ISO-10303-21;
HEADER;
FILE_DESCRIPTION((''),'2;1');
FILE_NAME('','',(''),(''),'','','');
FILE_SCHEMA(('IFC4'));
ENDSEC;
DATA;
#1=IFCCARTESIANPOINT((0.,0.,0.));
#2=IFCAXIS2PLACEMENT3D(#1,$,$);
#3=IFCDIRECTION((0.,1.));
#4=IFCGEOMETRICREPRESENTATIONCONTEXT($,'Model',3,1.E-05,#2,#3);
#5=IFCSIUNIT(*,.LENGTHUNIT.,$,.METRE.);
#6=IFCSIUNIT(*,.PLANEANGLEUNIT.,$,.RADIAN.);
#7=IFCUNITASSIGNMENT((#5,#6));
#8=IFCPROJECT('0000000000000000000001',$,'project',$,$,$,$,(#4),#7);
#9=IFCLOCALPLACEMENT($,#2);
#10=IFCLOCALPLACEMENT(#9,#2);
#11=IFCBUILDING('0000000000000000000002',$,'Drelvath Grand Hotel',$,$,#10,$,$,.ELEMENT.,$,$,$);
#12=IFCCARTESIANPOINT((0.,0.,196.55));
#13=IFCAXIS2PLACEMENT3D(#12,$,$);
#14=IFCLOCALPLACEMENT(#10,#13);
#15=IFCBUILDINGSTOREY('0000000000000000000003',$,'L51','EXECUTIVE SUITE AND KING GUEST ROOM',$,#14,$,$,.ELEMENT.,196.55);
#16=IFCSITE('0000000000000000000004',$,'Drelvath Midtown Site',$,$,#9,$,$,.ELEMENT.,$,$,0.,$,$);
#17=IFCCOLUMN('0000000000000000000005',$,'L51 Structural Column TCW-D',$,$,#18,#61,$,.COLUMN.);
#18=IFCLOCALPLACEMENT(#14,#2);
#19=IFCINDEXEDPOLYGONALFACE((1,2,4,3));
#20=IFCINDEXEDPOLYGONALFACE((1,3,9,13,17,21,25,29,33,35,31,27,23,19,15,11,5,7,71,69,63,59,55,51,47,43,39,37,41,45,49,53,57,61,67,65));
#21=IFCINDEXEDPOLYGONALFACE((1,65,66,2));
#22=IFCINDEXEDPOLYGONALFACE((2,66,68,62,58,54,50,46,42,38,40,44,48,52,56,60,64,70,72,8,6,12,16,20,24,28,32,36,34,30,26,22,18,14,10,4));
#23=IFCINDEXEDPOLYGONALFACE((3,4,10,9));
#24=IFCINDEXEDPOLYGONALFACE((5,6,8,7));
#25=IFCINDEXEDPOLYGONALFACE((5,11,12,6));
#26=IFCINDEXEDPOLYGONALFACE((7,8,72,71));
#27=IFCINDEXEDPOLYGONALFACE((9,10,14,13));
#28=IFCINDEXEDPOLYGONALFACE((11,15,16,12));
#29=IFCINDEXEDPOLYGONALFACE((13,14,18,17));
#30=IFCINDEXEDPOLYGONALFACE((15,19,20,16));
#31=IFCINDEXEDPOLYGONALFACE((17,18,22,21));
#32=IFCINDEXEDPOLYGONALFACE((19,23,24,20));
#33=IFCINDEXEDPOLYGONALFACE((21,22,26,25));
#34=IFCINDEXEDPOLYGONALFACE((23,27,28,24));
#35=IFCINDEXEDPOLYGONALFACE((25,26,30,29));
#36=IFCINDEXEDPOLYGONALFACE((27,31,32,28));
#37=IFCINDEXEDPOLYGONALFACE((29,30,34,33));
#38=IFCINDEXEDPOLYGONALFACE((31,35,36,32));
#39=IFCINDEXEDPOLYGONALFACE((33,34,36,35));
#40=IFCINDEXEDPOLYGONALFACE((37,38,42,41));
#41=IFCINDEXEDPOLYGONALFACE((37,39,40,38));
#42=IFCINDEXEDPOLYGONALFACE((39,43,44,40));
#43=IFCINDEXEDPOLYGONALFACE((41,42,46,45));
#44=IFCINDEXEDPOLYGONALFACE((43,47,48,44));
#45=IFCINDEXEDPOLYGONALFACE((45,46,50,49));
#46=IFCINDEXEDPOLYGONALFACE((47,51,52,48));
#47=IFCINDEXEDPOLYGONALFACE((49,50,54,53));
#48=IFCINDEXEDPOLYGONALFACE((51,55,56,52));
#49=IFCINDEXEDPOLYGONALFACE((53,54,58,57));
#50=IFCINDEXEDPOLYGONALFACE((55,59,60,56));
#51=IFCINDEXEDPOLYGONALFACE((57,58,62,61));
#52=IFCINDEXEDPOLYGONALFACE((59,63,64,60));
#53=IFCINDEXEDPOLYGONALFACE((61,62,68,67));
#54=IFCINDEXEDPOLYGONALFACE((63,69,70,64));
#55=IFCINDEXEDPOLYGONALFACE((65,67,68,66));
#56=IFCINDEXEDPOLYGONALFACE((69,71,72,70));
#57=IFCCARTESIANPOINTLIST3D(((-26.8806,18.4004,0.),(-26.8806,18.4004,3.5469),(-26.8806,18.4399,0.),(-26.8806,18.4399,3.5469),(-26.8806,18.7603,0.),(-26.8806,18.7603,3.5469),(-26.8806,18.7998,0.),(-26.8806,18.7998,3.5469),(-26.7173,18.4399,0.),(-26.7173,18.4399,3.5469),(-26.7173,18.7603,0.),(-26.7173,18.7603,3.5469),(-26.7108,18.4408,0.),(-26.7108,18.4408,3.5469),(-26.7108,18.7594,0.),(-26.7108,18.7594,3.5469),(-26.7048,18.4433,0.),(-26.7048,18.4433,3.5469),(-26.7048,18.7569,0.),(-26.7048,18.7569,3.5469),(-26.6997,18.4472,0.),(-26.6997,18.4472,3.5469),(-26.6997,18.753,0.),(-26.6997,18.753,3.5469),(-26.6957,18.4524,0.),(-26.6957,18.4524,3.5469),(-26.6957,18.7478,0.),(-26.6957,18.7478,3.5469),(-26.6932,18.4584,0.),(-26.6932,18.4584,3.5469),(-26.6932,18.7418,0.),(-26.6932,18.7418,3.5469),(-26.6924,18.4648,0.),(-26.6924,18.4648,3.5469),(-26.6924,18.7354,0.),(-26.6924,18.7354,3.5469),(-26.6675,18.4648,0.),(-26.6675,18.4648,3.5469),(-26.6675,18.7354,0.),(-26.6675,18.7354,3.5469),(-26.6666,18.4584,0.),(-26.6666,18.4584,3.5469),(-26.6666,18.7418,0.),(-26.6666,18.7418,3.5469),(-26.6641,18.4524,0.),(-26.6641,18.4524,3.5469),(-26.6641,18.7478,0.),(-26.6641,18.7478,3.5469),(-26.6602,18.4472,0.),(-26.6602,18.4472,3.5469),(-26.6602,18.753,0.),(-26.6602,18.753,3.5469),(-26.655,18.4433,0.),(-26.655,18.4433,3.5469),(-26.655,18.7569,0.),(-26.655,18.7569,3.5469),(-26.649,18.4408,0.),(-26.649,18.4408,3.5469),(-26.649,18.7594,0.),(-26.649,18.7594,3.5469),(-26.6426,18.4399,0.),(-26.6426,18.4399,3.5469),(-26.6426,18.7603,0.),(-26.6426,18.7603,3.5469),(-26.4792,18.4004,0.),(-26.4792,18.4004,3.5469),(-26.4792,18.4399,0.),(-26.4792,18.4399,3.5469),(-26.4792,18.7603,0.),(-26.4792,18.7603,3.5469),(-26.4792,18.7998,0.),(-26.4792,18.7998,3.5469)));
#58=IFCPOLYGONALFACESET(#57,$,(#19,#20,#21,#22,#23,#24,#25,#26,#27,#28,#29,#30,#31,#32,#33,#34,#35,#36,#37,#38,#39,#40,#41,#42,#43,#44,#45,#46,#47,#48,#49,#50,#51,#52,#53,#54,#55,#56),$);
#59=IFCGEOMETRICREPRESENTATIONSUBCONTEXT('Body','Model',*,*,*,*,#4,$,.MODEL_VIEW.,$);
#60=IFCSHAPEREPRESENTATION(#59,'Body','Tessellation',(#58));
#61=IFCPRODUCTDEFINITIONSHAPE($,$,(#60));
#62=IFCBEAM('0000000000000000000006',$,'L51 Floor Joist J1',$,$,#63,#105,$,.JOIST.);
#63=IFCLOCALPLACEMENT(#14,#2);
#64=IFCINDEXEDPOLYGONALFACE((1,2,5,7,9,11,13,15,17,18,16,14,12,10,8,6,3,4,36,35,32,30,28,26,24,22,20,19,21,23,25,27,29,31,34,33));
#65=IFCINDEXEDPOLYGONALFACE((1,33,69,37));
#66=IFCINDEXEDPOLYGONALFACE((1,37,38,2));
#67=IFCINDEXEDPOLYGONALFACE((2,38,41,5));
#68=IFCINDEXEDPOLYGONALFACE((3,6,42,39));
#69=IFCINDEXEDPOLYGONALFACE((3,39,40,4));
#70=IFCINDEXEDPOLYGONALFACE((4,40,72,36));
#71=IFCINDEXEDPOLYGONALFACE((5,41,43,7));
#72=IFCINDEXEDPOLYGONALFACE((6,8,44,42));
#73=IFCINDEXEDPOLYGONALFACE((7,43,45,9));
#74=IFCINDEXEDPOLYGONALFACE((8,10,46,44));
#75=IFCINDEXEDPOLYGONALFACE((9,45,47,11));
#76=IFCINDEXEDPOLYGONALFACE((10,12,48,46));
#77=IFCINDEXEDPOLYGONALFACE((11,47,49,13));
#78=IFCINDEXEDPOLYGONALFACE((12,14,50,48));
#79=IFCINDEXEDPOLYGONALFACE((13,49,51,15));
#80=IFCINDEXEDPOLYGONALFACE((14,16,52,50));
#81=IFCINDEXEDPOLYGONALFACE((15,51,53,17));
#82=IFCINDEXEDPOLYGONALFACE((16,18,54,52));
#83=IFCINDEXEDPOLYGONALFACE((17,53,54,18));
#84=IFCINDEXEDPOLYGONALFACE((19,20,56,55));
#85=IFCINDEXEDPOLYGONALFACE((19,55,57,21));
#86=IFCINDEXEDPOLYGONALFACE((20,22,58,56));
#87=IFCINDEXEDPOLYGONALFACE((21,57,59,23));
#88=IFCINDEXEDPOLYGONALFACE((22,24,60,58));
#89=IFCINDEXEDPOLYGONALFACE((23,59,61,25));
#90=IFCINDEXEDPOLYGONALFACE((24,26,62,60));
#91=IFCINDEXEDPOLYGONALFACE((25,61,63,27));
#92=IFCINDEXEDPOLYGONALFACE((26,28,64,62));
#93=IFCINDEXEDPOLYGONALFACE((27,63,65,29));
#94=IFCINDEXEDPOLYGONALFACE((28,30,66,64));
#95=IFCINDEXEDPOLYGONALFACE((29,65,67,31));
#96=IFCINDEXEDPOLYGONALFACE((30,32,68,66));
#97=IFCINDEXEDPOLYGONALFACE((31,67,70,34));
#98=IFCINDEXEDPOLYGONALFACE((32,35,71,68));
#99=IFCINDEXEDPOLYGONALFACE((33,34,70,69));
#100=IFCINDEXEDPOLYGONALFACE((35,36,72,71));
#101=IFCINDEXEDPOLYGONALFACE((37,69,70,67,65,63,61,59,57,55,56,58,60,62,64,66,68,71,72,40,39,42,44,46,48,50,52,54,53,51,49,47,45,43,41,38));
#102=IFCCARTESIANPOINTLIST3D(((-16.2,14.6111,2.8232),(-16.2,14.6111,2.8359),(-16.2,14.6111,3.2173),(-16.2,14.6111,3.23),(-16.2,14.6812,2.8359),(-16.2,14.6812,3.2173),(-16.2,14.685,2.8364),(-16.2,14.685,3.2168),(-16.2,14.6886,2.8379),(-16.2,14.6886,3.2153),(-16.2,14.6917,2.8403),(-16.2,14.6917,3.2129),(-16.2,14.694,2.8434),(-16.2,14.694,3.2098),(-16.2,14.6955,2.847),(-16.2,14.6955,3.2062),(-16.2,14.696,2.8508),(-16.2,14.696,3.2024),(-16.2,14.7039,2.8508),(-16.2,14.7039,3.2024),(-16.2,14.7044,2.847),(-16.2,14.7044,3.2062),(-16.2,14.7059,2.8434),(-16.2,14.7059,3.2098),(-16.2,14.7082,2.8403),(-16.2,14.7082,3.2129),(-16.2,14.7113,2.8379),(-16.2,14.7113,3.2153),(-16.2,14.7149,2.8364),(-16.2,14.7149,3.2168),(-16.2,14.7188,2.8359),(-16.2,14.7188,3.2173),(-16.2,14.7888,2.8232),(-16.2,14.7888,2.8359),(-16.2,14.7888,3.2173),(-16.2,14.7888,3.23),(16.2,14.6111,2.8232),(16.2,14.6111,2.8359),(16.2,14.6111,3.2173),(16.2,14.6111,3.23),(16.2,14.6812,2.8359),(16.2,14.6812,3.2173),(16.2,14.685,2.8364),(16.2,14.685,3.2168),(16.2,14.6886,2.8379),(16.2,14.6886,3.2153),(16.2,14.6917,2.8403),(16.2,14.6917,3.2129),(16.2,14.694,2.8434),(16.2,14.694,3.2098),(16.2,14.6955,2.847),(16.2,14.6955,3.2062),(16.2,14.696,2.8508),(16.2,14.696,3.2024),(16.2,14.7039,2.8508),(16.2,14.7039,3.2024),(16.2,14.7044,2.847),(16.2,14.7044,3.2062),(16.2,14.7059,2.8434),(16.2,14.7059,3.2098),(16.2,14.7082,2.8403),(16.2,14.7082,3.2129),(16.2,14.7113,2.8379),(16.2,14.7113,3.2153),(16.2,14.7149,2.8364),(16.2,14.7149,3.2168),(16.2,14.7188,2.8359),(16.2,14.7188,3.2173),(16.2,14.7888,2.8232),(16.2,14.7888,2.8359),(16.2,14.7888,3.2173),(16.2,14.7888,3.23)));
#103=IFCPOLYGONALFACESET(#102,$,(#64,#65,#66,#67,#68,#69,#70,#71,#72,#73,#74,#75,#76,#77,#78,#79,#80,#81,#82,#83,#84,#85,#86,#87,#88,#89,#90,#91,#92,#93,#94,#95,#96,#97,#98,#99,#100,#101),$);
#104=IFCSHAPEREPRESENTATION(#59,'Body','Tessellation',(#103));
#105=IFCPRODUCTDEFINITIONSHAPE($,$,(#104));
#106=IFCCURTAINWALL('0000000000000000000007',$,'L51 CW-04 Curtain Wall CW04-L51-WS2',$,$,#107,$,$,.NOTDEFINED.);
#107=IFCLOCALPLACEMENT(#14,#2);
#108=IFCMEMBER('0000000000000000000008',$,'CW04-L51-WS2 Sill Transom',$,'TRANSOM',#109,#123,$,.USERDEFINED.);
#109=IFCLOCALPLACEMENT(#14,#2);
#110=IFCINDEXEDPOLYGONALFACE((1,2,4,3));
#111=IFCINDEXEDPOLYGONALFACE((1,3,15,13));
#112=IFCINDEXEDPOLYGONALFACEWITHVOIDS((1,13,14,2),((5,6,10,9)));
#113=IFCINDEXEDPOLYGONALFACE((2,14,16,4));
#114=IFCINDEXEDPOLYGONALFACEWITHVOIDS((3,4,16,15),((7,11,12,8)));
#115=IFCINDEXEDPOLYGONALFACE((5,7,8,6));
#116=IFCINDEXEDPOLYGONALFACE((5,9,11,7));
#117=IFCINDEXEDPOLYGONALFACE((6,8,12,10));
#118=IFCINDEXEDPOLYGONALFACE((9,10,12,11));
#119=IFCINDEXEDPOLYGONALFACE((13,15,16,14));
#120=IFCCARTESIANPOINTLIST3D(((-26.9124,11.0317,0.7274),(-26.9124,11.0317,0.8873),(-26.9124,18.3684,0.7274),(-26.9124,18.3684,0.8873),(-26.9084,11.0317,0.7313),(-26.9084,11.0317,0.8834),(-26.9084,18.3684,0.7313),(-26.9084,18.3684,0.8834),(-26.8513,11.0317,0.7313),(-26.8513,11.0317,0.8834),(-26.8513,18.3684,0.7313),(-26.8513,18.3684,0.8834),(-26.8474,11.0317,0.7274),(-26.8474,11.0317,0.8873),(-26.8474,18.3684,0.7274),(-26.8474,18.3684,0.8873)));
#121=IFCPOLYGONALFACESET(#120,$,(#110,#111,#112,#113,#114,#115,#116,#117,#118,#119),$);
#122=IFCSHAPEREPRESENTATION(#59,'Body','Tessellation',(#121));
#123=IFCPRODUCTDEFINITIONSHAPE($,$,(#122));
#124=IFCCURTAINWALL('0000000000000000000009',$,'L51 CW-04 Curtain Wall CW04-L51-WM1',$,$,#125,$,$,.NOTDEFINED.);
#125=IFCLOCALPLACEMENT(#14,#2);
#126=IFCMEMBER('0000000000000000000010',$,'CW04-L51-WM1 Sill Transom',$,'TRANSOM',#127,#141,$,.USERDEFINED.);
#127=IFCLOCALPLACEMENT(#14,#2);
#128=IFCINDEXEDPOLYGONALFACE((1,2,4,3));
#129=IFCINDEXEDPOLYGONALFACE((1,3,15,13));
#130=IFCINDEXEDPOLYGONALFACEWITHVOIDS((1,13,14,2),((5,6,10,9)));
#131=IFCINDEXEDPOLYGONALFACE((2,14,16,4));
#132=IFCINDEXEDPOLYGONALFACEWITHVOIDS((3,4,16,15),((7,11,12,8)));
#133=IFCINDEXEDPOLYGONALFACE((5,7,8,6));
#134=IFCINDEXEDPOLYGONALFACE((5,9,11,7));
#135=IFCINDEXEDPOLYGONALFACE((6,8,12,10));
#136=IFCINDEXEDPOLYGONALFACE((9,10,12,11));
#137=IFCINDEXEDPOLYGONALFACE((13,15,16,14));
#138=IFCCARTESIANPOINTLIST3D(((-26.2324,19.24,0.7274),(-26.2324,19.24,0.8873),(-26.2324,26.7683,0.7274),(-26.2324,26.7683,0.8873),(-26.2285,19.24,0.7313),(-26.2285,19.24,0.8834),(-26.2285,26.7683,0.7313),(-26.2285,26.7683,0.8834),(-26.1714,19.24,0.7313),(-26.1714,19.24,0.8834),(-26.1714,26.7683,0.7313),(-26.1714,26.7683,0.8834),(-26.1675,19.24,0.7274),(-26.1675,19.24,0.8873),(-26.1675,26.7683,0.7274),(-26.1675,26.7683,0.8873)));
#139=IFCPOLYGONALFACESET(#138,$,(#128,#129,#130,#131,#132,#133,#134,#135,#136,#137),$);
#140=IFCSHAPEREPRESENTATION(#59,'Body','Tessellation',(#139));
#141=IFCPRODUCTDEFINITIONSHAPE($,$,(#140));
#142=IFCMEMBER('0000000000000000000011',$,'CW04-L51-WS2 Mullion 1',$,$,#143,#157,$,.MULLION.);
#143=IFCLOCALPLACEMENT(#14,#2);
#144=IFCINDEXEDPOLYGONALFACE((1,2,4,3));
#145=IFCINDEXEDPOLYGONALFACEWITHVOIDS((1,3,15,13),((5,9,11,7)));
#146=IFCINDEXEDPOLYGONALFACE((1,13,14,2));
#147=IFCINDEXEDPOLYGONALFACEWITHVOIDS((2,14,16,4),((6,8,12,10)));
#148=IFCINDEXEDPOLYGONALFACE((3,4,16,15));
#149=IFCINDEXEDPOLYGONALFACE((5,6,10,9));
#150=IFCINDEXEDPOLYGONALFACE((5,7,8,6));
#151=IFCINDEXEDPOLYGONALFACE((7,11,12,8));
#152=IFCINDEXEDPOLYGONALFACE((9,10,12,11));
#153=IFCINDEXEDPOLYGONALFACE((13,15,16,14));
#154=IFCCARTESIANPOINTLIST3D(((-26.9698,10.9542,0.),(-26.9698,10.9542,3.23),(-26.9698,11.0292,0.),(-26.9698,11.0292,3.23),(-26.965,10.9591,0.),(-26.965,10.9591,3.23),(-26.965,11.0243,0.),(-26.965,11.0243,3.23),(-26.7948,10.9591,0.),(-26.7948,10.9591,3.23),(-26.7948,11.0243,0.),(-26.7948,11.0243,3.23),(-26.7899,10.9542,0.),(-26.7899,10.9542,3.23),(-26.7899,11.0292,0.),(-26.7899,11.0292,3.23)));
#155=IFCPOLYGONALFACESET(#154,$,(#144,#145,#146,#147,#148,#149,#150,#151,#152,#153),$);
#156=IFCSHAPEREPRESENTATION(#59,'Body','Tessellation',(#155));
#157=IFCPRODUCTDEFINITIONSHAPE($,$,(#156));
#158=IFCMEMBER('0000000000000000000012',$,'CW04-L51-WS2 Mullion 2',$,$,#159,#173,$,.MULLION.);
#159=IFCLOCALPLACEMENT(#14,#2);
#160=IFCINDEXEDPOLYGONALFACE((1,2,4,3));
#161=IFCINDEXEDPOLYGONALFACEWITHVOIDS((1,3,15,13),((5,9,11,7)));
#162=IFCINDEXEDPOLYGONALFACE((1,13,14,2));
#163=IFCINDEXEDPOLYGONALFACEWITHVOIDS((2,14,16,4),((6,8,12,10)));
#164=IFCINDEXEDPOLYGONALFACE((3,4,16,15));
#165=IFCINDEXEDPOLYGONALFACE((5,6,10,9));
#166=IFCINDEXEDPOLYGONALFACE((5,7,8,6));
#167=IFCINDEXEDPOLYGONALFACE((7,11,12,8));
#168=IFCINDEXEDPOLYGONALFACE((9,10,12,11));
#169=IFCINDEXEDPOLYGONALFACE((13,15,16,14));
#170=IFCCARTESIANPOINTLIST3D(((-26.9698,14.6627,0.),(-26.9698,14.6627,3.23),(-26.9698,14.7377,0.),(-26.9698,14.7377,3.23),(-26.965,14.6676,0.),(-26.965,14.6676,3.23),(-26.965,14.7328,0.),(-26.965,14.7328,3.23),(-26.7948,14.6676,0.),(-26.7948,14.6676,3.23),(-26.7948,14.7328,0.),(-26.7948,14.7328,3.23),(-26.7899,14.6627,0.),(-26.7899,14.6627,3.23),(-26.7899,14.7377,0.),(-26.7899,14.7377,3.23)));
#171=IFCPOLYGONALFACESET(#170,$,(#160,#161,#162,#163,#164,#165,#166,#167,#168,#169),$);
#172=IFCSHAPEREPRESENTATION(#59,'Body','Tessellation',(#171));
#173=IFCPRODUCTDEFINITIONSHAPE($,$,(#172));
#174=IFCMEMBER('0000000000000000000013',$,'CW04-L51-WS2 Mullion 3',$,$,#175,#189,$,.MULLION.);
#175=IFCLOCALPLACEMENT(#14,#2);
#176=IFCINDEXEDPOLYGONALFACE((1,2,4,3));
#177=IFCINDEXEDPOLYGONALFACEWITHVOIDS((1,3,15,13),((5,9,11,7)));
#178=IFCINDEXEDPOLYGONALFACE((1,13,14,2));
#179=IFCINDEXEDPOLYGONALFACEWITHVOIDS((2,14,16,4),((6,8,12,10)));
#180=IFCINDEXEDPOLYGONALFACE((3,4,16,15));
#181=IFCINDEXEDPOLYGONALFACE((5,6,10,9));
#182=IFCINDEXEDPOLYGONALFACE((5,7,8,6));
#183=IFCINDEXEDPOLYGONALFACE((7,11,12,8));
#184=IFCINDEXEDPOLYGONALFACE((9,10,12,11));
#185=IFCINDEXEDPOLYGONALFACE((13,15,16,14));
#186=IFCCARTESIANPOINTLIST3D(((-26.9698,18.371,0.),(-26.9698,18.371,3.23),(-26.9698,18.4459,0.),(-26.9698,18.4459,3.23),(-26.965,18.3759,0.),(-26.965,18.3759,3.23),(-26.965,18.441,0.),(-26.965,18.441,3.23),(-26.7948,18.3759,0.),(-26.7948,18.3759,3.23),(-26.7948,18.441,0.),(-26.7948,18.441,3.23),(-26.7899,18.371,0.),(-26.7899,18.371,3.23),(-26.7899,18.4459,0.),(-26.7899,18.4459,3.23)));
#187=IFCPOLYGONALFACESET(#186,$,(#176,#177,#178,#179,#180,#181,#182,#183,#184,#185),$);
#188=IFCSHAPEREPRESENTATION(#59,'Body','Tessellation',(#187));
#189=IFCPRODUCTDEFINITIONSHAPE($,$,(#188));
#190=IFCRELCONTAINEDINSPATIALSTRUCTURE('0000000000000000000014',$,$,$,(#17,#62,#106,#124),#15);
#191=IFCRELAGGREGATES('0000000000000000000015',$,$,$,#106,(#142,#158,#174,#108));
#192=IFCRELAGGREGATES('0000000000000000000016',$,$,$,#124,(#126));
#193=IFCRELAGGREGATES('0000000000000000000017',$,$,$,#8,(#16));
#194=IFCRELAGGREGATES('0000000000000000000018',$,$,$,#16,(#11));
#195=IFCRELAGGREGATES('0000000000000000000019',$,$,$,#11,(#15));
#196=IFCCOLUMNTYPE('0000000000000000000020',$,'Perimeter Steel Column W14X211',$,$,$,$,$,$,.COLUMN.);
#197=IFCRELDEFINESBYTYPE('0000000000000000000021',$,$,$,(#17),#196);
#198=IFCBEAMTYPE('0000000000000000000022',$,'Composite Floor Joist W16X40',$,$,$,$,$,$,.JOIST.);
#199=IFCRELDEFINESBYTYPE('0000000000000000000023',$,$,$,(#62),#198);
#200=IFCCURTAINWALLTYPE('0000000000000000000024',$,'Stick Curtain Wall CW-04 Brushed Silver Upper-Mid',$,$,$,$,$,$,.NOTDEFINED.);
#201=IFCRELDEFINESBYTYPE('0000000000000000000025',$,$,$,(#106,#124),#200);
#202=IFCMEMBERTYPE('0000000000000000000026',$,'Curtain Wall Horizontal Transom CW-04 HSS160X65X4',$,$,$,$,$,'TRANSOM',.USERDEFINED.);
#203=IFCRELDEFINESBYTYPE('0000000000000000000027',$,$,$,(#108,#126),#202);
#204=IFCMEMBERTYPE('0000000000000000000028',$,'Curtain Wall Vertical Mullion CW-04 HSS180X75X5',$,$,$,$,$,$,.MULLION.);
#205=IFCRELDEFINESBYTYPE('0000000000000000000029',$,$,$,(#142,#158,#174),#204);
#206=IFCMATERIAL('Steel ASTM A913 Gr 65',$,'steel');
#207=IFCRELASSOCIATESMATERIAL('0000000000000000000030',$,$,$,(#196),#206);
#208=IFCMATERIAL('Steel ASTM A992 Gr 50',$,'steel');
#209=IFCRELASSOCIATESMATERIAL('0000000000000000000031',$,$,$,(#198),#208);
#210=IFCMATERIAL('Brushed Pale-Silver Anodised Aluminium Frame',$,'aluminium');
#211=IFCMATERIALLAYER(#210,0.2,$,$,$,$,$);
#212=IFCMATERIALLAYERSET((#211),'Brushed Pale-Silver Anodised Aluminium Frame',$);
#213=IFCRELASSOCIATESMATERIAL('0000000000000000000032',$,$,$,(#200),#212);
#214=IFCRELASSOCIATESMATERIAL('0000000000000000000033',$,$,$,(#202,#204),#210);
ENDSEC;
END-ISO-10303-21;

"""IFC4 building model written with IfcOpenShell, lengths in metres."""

from ifc_helpers import new_model, si_unit, direction, frame, origin, origin_2d, place, context, subcontext, project, spatial, hollow_rectangle, i_section, extrude, material, layer, layer_set, material_profile, profile_set, type_object, element, aggregate, save


model = new_model("IFC4")

# Units and contexts
model_context = context("Model", 3, precision=1e-05, world=origin(), true_north=direction((0.0, 1.0)))
body_context = subcontext(model_context, "Body", "Model", "MODEL_VIEW")
ifc_project = project(units=[si_unit("LENGTHUNIT", "METRE"), si_unit("PLANEANGLEUNIT", "RADIAN")], contexts=[model_context])

# Site, building, storey
site_placement = place(None, origin())
site = spatial("IfcSite", under=ifc_project, at=site_placement, Name="Drelvath Midtown Site", CompositionType="ELEMENT", RefElevation=0.0)
building_placement = place(site_placement, origin())
building = spatial("IfcBuilding", under=site, at=building_placement, Name="Drelvath Grand Hotel", CompositionType="ELEMENT")
storey_placement = place(building_placement, frame((0.0, 0.0, 196.55)))
storey = spatial("IfcBuildingStorey", under=building, at=storey_placement, Name="L51", Description="EXECUTIVE SUITE AND KING GUEST ROOM", CompositionType="ELEMENT", Elevation=196.55)

# Column
ifc_material_1 = material(Name="Steel ASTM A913 Gr 65", Category="steel")
ifc_material_profile_1 = material_profile(ifc_material_1, i_section(OverallWidth=0.4014, OverallDepth=0.3994, WebThickness=0.0249, FlangeThickness=0.0396, FilletRadius=0.0249, at=origin_2d()), Name="W14X211")
ifc_profile_set_1 = profile_set([ifc_material_profile_1], Name="Steel ASTM A913 Gr 65")
column_type = type_object("IfcColumnType", Name="Perimeter Steel Column W14X211", PredefinedType="COLUMN", material=ifc_profile_set_1)
column_placement = place(storey_placement, frame((-26.6799, 18.6001, 0.0), z_axis=(0.0, 0.0, 1.0), x_axis=(1.0, 0.0, 0.0)))
element("IfcColumn", 1, at=column_placement, inside=storey, type_object=column_type, Name="L51 Structural Column TCW-D", PredefinedType="COLUMN", context=body_context, shape_type="SweptSolid", body=[
    extrude(i_section(OverallWidth=0.4014, OverallDepth=0.3994, WebThickness=0.0249, FlangeThickness=0.0396, FilletRadius=0.0249, at=origin_2d()), origin(), (0.0, 0.0, 1.0), 3.5469),
])

# Beam
ifc_material_2 = material(Name="Steel ASTM A992 Gr 50", Category="steel")
ifc_material_profile_2 = material_profile(ifc_material_2, i_section(OverallWidth=0.1777, OverallDepth=0.4067, WebThickness=0.0078, FlangeThickness=0.0127, FilletRadius=0.0149, at=origin_2d()), Name="W16X40")
ifc_profile_set_2 = profile_set([ifc_material_profile_2], Name="Steel ASTM A992 Gr 50")
beam_type_1 = type_object("IfcBeamType", Name="Composite Floor Joist W16X40", PredefinedType="JOIST", material=ifc_profile_set_2)
beam_1_placement = place(storey_placement, frame((-16.2, 14.7, 3.0266), z_axis=(1.0, 0.0, 0.0), x_axis=(0.0, 1.0, 0.0)))
element("IfcBeam", 2, at=beam_1_placement, inside=storey, type_object=beam_type_1, Name="L51 Floor Joist J1", PredefinedType="JOIST", context=body_context, shape_type="SweptSolid", body=[
    extrude(i_section(OverallWidth=0.1777, OverallDepth=0.4067, WebThickness=0.0078, FlangeThickness=0.0127, FilletRadius=0.0149, at=origin_2d()), origin(), (0.0, 0.0, 1.0), 32.3999),
])

# Curtain walls, members
ifc_material_3 = material(Name="Brushed Pale-Silver Anodised Aluminium Frame", Category="aluminium")
ifc_layer_1 = layer(ifc_material_3, 0.2)
ifc_layer_set_1 = layer_set([ifc_layer_1], Name="Brushed Pale-Silver Anodised Aluminium Frame")
curtain_wall_type = type_object("IfcCurtainWallType", Name="Stick Curtain Wall CW-04 Brushed Silver Upper-Mid", PredefinedType="NOTDEFINED", material=ifc_layer_set_1)
curtain_wall_1_placement = place(storey_placement, origin())
curtain_wall_1 = element("IfcCurtainWall", 3, at=curtain_wall_1_placement, inside=storey, type_object=curtain_wall_type, Name="L51 CW-04 Curtain Wall CW04-L51-WS2", PredefinedType="NOTDEFINED")
ifc_material_profile_3 = material_profile(ifc_material_3, hollow_rectangle(XDim=0.0649, YDim=0.1599, WallThickness=0.0039, at=origin_2d()), Name="HSS160X65X4")
ifc_profile_set_3 = profile_set([ifc_material_profile_3], Name="Brushed Pale-Silver Anodised Aluminium Frame")
member_type_1 = type_object("IfcMemberType", Name="Curtain Wall Horizontal Transom CW-04 HSS160X65X4", ElementType="TRANSOM", PredefinedType="USERDEFINED", material=ifc_profile_set_3)
member_1_placement = place(storey_placement, frame((-26.8799, 11.0317, 0.8074), z_axis=(0.0, 1.0, 0.0), x_axis=(-1.0, 0.0, 0.0)))
member_1 = element("IfcMember", 4, at=member_1_placement, type_object=member_type_1, Name="CW04-L51-WS2 Sill Transom", ObjectType="TRANSOM", PredefinedType="USERDEFINED", context=body_context, shape_type="SweptSolid", body=[
    extrude(hollow_rectangle(XDim=0.0649, YDim=0.1599, WallThickness=0.0039, at=origin_2d()), origin(), (0.0, 0.0, 1.0), 7.3367),
])
curtain_wall_2_placement = place(storey_placement, origin())
curtain_wall_2 = element("IfcCurtainWall", 5, at=curtain_wall_2_placement, inside=storey, type_object=curtain_wall_type, Name="L51 CW-04 Curtain Wall CW04-L51-WM1", PredefinedType="NOTDEFINED")
member_2_placement = place(storey_placement, frame((-26.2, 19.24, 0.8074), z_axis=(0.0, 1.0, 0.0), x_axis=(-1.0, 0.0, 0.0)))
member_2 = element("IfcMember", 6, at=member_2_placement, type_object=member_type_1, Name="CW04-L51-WM1 Sill Transom", ObjectType="TRANSOM", PredefinedType="USERDEFINED", context=body_context, shape_type="SweptSolid", body=[
    extrude(hollow_rectangle(XDim=0.0649, YDim=0.1599, WallThickness=0.0039, at=origin_2d()), origin(), (0.0, 0.0, 1.0), 7.5283),
])

# Members
ifc_material_profile_4 = material_profile(ifc_material_3, hollow_rectangle(XDim=0.075, YDim=0.1799, WallThickness=0.0049, at=origin_2d()), Name="HSS180X75X5")
ifc_profile_set_4 = profile_set([ifc_material_profile_4], Name="Brushed Pale-Silver Anodised Aluminium Frame")
member_type_2 = type_object("IfcMemberType", Name="Curtain Wall Vertical Mullion CW-04 HSS180X75X5", PredefinedType="MULLION", material=ifc_profile_set_4)
member_3_placement = place(storey_placement, frame((-26.8799, 10.9917, 0.0), z_axis=(0.0, 0.0, 1.0), x_axis=(0.0, 1.0, 0.0)))
member_3 = element("IfcMember", 7, at=member_3_placement, type_object=member_type_2, Name="CW04-L51-WS2 Mullion 1", PredefinedType="MULLION", context=body_context, shape_type="SweptSolid", body=[
    extrude(hollow_rectangle(XDim=0.075, YDim=0.1799, WallThickness=0.0049, at=origin_2d()), origin(), (0.0, 0.0, 1.0), 3.23),
])
member_4_placement = place(storey_placement, frame((-26.8799, 14.7002, 0.0), z_axis=(0.0, 0.0, 1.0), x_axis=(0.0, 1.0, 0.0)))
member_4 = element("IfcMember", 8, at=member_4_placement, type_object=member_type_2, Name="CW04-L51-WS2 Mullion 2", PredefinedType="MULLION", context=body_context, shape_type="SweptSolid", body=[
    extrude(hollow_rectangle(XDim=0.075, YDim=0.1799, WallThickness=0.0049, at=origin_2d()), origin(), (0.0, 0.0, 1.0), 3.23),
])
member_5_placement = place(storey_placement, frame((-26.8799, 18.4084, 0.0), z_axis=(0.0, 0.0, 1.0), x_axis=(0.0, 1.0, 0.0)))
member_5 = element("IfcMember", 9, at=member_5_placement, type_object=member_type_2, Name="CW04-L51-WS2 Mullion 3", PredefinedType="MULLION", context=body_context, shape_type="SweptSolid", body=[
    extrude(hollow_rectangle(XDim=0.075, YDim=0.1799, WallThickness=0.0049, at=origin_2d()), origin(), (0.0, 0.0, 1.0), 3.23),
])

aggregate(curtain_wall_1, [member_3, member_4, member_5, member_1])
aggregate(curtain_wall_2, [member_2])

save(model, "model.ifc")
